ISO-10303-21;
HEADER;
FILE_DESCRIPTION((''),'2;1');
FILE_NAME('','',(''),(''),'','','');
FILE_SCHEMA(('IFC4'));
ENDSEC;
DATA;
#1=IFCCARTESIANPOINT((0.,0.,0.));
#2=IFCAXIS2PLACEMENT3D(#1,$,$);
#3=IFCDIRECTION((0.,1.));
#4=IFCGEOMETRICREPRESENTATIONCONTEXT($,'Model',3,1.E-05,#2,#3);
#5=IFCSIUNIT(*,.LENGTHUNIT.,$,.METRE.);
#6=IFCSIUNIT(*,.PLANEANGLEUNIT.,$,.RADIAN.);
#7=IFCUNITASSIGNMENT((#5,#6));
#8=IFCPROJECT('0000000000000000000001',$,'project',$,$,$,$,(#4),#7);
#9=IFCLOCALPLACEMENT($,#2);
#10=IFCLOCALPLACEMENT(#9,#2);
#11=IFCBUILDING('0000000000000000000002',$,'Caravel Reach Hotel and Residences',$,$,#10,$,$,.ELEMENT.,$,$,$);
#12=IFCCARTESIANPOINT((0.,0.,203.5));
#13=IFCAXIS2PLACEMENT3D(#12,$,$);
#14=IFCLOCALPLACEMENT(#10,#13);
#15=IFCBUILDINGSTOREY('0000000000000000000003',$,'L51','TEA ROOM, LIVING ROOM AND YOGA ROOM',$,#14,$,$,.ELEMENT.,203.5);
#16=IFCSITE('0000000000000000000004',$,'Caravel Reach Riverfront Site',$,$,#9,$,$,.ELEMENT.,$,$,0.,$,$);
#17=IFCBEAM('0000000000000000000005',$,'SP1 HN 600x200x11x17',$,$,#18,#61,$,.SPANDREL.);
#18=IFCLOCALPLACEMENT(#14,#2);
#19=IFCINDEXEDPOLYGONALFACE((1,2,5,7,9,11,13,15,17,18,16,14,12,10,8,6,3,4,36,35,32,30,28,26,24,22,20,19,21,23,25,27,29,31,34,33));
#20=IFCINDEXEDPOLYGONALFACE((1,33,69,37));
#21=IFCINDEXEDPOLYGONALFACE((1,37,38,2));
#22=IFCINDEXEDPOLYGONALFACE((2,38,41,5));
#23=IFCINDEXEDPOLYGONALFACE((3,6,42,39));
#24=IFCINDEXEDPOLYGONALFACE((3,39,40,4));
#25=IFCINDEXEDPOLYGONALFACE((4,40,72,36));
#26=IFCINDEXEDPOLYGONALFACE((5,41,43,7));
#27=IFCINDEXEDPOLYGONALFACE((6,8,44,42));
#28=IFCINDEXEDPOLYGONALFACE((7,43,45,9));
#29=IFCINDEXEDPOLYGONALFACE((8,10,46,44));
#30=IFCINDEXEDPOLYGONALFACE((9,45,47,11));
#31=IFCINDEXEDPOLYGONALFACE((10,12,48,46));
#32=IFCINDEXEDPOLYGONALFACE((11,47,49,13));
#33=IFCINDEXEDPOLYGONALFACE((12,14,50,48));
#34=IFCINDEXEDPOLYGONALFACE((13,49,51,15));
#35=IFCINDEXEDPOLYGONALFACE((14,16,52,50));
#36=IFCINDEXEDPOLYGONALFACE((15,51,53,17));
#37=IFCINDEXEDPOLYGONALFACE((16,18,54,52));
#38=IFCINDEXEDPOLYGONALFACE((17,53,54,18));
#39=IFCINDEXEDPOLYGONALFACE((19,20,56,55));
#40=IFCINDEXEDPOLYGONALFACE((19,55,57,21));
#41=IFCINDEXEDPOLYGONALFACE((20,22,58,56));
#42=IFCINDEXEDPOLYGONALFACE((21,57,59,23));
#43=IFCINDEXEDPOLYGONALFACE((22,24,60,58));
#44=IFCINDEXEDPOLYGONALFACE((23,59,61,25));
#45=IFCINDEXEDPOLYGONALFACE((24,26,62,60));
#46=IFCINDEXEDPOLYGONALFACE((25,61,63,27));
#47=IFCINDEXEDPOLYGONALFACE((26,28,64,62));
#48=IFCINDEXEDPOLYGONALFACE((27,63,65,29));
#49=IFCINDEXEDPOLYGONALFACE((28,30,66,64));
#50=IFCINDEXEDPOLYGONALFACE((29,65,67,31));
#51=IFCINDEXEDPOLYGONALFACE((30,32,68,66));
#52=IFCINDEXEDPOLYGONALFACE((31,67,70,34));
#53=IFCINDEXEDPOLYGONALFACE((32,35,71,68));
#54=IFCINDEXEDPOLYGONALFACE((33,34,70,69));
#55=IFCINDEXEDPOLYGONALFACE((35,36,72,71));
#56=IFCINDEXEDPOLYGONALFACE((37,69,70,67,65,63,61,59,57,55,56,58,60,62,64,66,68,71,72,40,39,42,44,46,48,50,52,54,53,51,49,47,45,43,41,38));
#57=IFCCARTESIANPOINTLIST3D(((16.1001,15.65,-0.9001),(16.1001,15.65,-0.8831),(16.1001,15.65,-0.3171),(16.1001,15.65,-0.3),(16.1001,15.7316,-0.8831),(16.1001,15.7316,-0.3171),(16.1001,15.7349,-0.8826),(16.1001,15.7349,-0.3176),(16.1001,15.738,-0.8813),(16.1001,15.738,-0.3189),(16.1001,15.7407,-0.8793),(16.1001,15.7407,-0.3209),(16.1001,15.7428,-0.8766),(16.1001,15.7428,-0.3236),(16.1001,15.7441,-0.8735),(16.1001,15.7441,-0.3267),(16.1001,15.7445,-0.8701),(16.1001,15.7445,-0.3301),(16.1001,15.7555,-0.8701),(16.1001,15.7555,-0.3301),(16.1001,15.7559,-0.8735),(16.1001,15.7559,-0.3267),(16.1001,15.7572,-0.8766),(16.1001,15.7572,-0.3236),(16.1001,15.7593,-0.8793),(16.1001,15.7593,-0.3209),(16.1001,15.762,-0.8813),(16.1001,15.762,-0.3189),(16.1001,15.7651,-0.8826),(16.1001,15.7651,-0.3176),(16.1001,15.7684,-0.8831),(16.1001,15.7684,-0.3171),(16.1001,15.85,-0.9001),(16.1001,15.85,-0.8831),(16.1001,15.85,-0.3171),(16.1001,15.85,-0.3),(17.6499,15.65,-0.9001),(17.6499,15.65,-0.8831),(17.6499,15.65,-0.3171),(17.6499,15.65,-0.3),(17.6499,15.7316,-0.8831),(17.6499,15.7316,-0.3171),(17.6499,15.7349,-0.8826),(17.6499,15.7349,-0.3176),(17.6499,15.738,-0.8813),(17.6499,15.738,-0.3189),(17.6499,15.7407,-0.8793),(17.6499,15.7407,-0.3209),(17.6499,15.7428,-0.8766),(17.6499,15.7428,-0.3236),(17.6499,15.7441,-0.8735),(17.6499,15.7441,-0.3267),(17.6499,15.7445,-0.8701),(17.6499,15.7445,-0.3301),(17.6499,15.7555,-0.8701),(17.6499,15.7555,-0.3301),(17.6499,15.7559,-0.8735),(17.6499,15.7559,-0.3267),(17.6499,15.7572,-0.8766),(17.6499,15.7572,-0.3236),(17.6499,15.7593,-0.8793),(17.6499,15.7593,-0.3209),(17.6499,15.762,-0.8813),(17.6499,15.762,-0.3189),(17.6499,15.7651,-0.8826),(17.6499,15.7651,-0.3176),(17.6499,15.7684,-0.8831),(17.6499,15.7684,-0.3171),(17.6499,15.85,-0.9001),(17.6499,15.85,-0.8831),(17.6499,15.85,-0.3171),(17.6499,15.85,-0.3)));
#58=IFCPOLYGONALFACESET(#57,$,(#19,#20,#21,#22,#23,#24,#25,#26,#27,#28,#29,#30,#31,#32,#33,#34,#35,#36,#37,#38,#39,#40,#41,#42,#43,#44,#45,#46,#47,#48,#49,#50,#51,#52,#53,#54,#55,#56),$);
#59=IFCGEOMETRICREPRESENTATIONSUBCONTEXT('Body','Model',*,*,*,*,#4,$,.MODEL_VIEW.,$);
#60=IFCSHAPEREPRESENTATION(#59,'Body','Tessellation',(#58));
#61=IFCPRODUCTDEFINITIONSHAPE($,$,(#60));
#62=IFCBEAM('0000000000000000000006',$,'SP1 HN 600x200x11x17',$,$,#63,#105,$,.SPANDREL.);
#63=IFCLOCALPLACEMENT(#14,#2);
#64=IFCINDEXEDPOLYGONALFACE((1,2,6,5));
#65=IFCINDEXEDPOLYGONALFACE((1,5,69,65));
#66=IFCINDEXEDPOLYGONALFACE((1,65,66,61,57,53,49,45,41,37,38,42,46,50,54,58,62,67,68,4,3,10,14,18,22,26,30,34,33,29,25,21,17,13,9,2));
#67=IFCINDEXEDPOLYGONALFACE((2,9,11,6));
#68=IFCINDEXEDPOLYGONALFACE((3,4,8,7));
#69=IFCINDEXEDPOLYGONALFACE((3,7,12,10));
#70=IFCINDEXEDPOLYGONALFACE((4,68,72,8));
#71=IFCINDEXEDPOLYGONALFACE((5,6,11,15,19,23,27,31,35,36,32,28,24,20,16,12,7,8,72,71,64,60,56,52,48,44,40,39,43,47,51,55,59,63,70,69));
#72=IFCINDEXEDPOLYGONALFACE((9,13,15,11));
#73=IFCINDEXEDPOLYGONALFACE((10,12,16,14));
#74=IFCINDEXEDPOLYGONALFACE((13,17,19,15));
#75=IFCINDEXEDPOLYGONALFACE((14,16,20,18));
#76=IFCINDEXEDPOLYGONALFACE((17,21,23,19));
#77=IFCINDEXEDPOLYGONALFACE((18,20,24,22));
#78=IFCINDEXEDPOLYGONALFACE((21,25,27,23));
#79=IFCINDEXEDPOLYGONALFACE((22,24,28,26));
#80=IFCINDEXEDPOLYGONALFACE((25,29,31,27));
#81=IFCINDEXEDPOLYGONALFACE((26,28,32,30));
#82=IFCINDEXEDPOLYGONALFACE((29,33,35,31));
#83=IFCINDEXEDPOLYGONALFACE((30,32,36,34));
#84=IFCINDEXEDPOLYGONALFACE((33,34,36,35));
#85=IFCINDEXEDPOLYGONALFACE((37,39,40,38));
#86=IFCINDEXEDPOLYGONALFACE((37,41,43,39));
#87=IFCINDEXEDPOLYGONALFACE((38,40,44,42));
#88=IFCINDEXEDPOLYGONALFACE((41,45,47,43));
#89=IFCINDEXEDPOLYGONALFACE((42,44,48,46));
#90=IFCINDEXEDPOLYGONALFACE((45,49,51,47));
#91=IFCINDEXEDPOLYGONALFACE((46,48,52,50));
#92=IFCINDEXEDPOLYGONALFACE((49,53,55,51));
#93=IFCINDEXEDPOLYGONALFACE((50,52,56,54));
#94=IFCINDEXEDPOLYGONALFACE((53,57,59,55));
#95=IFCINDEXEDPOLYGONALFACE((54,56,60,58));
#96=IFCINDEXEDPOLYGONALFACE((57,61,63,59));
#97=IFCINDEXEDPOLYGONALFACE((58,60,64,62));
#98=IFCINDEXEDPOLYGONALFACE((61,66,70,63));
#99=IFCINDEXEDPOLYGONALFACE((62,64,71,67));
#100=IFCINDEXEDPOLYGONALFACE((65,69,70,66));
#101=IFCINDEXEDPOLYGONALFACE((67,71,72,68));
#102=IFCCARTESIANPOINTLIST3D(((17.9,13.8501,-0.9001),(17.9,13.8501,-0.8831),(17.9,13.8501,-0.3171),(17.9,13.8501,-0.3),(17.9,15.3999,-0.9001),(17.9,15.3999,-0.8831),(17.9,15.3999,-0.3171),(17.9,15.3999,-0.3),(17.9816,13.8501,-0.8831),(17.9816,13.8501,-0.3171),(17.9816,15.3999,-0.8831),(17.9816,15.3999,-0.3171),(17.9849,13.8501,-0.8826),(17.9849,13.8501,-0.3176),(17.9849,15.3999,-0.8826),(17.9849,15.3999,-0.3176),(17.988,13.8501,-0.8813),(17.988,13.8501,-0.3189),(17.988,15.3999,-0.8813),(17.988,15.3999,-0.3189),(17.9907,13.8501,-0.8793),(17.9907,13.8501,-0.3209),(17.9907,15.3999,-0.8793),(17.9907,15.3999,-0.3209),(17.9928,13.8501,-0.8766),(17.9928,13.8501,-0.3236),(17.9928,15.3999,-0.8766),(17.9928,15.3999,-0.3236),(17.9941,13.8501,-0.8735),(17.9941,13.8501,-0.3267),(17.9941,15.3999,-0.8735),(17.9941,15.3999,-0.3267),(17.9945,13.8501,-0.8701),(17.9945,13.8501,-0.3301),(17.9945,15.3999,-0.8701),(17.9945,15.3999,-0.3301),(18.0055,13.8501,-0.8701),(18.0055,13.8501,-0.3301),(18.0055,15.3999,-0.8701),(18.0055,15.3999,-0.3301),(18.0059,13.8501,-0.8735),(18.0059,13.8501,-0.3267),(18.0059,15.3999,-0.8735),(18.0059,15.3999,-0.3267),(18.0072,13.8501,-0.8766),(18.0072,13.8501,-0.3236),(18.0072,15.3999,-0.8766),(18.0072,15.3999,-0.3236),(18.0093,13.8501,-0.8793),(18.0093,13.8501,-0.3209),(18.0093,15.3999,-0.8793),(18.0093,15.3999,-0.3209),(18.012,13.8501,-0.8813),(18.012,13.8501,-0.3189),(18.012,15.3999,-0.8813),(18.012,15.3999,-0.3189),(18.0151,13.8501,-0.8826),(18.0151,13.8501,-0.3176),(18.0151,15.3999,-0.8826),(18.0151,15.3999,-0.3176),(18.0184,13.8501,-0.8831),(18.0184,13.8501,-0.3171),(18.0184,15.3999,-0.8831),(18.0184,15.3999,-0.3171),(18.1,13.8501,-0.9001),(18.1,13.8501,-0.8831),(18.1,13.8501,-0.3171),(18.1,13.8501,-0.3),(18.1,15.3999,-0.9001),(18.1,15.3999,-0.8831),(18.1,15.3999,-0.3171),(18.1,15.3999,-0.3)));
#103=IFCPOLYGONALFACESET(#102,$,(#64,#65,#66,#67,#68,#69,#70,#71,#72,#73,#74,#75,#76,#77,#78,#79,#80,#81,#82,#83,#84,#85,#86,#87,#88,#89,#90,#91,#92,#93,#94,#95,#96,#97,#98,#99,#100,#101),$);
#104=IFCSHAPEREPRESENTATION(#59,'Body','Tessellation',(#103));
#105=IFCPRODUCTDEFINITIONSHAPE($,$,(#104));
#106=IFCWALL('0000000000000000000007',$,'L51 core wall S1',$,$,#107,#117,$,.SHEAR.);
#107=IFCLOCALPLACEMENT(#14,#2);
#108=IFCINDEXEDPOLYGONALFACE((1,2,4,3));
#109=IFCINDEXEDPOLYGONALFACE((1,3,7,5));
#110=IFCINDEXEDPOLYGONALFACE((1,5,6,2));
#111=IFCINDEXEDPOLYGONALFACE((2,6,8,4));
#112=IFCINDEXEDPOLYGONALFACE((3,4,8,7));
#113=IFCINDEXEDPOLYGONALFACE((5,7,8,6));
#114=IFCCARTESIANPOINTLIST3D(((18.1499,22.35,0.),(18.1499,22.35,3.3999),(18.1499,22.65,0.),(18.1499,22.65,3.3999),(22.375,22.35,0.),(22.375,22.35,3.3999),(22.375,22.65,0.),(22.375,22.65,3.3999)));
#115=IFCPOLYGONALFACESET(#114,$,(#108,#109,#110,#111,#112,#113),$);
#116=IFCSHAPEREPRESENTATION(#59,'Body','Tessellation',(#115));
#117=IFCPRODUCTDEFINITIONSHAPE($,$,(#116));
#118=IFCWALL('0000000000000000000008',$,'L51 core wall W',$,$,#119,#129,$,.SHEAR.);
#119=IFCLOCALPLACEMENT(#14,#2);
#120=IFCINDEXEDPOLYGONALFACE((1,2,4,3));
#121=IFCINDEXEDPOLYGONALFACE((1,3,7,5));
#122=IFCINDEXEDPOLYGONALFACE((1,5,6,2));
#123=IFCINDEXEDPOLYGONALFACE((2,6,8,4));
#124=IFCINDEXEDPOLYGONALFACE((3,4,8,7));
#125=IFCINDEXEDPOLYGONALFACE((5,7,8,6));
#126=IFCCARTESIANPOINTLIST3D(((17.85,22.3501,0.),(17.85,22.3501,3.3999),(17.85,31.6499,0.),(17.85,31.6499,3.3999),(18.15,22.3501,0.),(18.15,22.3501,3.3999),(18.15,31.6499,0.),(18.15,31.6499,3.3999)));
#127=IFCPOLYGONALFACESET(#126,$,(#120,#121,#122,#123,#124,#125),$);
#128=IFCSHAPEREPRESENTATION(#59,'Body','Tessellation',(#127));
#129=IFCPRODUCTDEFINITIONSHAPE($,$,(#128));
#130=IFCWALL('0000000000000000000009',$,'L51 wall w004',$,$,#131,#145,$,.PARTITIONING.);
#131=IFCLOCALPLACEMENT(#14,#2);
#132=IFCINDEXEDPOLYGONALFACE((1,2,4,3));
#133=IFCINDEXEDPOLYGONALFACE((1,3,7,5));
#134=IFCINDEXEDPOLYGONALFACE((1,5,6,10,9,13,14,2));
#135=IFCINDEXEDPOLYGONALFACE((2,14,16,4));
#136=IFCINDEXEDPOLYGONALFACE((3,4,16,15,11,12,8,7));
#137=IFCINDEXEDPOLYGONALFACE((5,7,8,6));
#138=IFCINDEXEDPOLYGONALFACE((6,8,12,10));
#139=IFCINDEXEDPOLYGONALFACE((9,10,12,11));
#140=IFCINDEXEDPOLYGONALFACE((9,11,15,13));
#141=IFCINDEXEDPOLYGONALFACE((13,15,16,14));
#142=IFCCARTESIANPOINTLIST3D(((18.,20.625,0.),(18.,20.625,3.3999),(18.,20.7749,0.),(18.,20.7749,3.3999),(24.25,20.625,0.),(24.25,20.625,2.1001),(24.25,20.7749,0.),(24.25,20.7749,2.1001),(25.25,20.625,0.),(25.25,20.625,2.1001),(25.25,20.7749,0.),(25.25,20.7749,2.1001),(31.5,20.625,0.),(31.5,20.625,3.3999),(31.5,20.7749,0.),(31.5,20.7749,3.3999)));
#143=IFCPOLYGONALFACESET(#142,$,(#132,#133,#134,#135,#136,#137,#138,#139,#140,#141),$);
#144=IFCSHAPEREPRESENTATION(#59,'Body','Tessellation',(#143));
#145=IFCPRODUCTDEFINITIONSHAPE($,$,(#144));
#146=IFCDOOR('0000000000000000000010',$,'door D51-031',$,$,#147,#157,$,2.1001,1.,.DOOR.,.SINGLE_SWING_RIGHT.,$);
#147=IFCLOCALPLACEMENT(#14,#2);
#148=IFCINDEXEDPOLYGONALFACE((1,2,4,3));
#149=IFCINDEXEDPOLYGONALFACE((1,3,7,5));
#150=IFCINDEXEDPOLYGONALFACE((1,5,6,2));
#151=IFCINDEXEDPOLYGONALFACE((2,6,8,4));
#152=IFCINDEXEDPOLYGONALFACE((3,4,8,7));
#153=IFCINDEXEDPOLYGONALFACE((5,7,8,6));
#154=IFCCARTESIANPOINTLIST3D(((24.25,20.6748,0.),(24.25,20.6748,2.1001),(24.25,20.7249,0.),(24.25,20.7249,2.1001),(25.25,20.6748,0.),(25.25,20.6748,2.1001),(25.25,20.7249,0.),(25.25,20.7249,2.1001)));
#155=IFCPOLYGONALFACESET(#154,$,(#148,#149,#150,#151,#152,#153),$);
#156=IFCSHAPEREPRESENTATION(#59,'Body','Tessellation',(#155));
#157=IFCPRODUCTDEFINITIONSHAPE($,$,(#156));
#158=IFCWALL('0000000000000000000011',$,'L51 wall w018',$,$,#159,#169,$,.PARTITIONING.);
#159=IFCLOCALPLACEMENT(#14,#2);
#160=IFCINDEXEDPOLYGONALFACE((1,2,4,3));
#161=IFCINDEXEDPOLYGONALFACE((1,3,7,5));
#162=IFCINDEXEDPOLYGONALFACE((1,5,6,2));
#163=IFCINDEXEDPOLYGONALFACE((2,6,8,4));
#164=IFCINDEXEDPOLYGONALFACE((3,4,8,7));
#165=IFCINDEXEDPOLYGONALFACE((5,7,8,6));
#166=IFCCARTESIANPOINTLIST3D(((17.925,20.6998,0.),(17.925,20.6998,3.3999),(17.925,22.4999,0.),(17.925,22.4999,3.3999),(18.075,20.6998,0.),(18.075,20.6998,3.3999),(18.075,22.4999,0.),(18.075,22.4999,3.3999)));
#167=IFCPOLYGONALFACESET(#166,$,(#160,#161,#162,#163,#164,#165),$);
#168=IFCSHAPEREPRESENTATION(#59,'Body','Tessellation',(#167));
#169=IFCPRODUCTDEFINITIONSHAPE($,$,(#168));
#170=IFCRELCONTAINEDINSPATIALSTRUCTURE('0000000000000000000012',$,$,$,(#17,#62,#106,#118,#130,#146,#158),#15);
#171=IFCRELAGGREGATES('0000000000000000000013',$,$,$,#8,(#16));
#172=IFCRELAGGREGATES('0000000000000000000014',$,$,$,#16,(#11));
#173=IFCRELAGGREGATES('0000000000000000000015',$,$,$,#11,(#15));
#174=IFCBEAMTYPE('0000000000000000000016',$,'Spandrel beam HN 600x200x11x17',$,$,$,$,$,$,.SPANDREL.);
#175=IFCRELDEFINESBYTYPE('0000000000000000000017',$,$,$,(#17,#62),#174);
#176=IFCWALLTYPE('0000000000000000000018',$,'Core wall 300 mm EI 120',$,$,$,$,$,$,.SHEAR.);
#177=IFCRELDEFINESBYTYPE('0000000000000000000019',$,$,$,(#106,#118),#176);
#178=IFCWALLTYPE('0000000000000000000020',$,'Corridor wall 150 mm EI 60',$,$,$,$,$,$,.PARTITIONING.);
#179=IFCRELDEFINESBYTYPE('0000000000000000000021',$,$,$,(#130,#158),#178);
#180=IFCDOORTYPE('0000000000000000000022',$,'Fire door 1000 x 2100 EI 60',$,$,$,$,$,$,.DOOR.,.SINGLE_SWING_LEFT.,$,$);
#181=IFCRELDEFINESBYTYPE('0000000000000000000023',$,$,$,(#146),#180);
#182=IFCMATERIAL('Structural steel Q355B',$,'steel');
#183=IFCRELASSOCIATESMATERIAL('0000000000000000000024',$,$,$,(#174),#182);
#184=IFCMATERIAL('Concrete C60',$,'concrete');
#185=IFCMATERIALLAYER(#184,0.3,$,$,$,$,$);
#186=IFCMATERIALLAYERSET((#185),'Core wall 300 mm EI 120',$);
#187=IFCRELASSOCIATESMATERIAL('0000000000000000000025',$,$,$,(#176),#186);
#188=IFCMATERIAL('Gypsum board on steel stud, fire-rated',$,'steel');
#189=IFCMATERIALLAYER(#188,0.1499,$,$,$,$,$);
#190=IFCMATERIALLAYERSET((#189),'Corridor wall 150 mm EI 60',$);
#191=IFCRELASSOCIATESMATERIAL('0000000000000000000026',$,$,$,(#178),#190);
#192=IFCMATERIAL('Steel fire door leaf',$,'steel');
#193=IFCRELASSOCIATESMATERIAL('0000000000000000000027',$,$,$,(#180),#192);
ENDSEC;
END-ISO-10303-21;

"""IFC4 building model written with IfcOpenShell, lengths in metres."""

from ifc_helpers import new_model, si_unit, direction, frame, frame_2d, origin, origin_2d, place, context, subcontext, project, spatial, rectangle, i_section, extrude, material, layer, layer_set, material_profile, profile_set, type_object, element, fill, save


model = new_model("IFC4")

# Units and contexts
model_context = context("Model", 3, precision=1e-05, world=origin(), true_north=direction((0.0, 1.0)))
body_context = subcontext(model_context, "Body", "Model", "MODEL_VIEW")
ifc_project = project(units=[si_unit("LENGTHUNIT", "METRE"), si_unit("PLANEANGLEUNIT", "RADIAN")], contexts=[model_context])

# Site, building, storey
site_placement = place(None, origin())
site = spatial("IfcSite", under=ifc_project, at=site_placement, Name="Caravel Reach Riverfront Site", CompositionType="ELEMENT", RefElevation=0.0)
building_placement = place(site_placement, origin())
building = spatial("IfcBuilding", under=site, at=building_placement, Name="Caravel Reach Hotel and Residences", CompositionType="ELEMENT")
storey_placement = place(building_placement, frame((0.0, 0.0, 203.5)))
storey = spatial("IfcBuildingStorey", under=building, at=storey_placement, Name="L51", Description="TEA ROOM, LIVING ROOM AND YOGA ROOM", CompositionType="ELEMENT", Elevation=203.5)

# Beams
ifc_material_1 = material(Name="Structural steel Q355B", Category="steel")
ifc_material_profile_1 = material_profile(ifc_material_1, i_section(OverallWidth=0.2, OverallDepth=0.6001, WebThickness=0.011, FlangeThickness=0.0171, FilletRadius=0.0129, at=origin_2d()), Name="HN 600x200x11x17")
ifc_profile_set_1 = profile_set([ifc_material_profile_1], Name="Structural steel Q355B")
beam_type_1 = type_object("IfcBeamType", Name="Spandrel beam HN 600x200x11x17", PredefinedType="SPANDREL", material=ifc_profile_set_1)
for number, where, z_axis, x_axis, name in (
    (1, (16.1001, 15.75, -0.6001), (1.0, 0.0, 0.0), (0.0, 1.0, 0.0), "SP1 HN 600x200x11x17"),
    (2, (18.0, 15.3999, -0.6001), (0.0, -1.0, 0.0), (1.0, 0.0, 0.0), "SP1 HN 600x200x11x17"),
):
    element("IfcBeam", number, at=place(storey_placement, frame(where, z_axis=z_axis, x_axis=x_axis)), inside=storey, type_object=beam_type_1, Name=name, PredefinedType="SPANDREL", context=body_context, shape_type="SweptSolid", body=[
        extrude(i_section(OverallWidth=0.2, OverallDepth=0.6001, WebThickness=0.011, FlangeThickness=0.0171, FilletRadius=0.0129, at=origin_2d()), origin(), (0.0, 0.0, 1.0), 1.5498),
    ])

# Walls
ifc_material_2 = material(Name="Concrete C60", Category="concrete")
ifc_layer_1 = layer(ifc_material_2, 0.3)
ifc_layer_set_1 = layer_set([ifc_layer_1], Name="Core wall 300 mm EI 120")
wall_type_1 = type_object("IfcWallType", Name="Core wall 300 mm EI 120", PredefinedType="SHEAR", material=ifc_layer_set_1)
wall_1_placement = place(storey_placement, frame((18.1499, 22.5, 0.0), z_axis=(0.0, 0.0, 1.0), x_axis=(1.0, 0.0, 0.0)))
element("IfcWall", 3, at=wall_1_placement, inside=storey, type_object=wall_type_1, Name="L51 core wall S1", PredefinedType="SHEAR", context=body_context, shape_type="SweptSolid", body=[
    extrude(rectangle(XDim=4.2251, YDim=0.3, at=frame_2d((2.1125, 0.0))), origin(), (0.0, 0.0, 1.0), 3.3999),
])
wall_2_placement = place(storey_placement, frame((18.0, 22.3501, 0.0), z_axis=(0.0, 0.0, 1.0), x_axis=(0.0, 1.0, 0.0)))
element("IfcWall", 4, at=wall_2_placement, inside=storey, type_object=wall_type_1, Name="L51 core wall W", PredefinedType="SHEAR", context=body_context, shape_type="SweptSolid", body=[
    extrude(rectangle(XDim=9.2998, YDim=0.3, at=frame_2d((4.6499, 0.0))), origin(), (0.0, 0.0, 1.0), 3.3999),
])

# Wall, opening, door
ifc_material_3 = material(Name="Gypsum board on steel stud, fire-rated", Category="steel")
ifc_layer_2 = layer(ifc_material_3, 0.1499)
ifc_layer_set_2 = layer_set([ifc_layer_2], Name="Corridor wall 150 mm EI 60")
wall_type_2 = type_object("IfcWallType", Name="Corridor wall 150 mm EI 60", PredefinedType="PARTITIONING", material=ifc_layer_set_2)
wall_3_placement = place(storey_placement, frame((18.0, 20.7, 0.0), z_axis=(0.0, 0.0, 1.0), x_axis=(1.0, 0.0, 0.0)))
wall_3 = element("IfcWall", 5, at=wall_3_placement, inside=storey, type_object=wall_type_2, Name="L51 wall w004", PredefinedType="PARTITIONING", context=body_context, shape_type="SweptSolid", body=[
    extrude(rectangle(XDim=13.5, YDim=0.1499, at=frame_2d((6.75, 0.0))), origin(), (0.0, 0.0, 1.0), 3.3999),
])
opening_1_placement = place(wall_3_placement, frame((6.25, 0.0, 0.0)))
opening_1 = element("IfcOpeningElement", 6, at=opening_1_placement, cuts=wall_3, PredefinedType="OPENING", context=body_context, shape_type="SweptSolid", body=[
    extrude(rectangle(XDim=1.0, YDim=2.1001, at=frame_2d((0.5, 1.05))), frame((0.0, 0.085, 0.0), z_axis=(0.0, -1.0, 0.0), x_axis=(1.0, 0.0, 0.0)), (0.0, 0.0, 1.0), 0.1699),
])
ifc_material_4 = material(Name="Steel fire door leaf", Category="steel")
door_type_1 = type_object("IfcDoorType", Name="Fire door 1000 x 2100 EI 60", OperationType="SINGLE_SWING_LEFT", PredefinedType="DOOR", material=ifc_material_4)
door_1_placement = place(opening_1_placement, origin())
door_1 = element("IfcDoor", 7, at=door_1_placement, inside=storey, type_object=door_type_1, Name="door D51-031", OperationType="SINGLE_SWING_RIGHT", OverallHeight=2.1001, OverallWidth=1.0, PredefinedType="DOOR", context=body_context, shape_type="SweptSolid", body=[
    extrude(rectangle(XDim=1.0, YDim=2.1001, at=frame_2d((0.5, 1.05))), frame((0.0, 0.0249, 0.0), z_axis=(0.0, -1.0, 0.0), x_axis=(1.0, 0.0, 0.0)), (0.0, 0.0, 1.0), 0.05),
])
fill(opening_1, door_1)

# Wall
wall_4_placement = place(storey_placement, frame((18.0, 20.7, 0.0), z_axis=(0.0, 0.0, 1.0), x_axis=(0.0, 1.0, 0.0)))
element("IfcWall", 8, at=wall_4_placement, inside=storey, type_object=wall_type_2, Name="L51 wall w018", PredefinedType="PARTITIONING", context=body_context, shape_type="SweptSolid", body=[
    extrude(rectangle(XDim=1.8, YDim=0.1499, at=frame_2d((0.8999, 0.0))), origin(), (0.0, 0.0, 1.0), 3.3999),
])

save(model, "model.ifc")
